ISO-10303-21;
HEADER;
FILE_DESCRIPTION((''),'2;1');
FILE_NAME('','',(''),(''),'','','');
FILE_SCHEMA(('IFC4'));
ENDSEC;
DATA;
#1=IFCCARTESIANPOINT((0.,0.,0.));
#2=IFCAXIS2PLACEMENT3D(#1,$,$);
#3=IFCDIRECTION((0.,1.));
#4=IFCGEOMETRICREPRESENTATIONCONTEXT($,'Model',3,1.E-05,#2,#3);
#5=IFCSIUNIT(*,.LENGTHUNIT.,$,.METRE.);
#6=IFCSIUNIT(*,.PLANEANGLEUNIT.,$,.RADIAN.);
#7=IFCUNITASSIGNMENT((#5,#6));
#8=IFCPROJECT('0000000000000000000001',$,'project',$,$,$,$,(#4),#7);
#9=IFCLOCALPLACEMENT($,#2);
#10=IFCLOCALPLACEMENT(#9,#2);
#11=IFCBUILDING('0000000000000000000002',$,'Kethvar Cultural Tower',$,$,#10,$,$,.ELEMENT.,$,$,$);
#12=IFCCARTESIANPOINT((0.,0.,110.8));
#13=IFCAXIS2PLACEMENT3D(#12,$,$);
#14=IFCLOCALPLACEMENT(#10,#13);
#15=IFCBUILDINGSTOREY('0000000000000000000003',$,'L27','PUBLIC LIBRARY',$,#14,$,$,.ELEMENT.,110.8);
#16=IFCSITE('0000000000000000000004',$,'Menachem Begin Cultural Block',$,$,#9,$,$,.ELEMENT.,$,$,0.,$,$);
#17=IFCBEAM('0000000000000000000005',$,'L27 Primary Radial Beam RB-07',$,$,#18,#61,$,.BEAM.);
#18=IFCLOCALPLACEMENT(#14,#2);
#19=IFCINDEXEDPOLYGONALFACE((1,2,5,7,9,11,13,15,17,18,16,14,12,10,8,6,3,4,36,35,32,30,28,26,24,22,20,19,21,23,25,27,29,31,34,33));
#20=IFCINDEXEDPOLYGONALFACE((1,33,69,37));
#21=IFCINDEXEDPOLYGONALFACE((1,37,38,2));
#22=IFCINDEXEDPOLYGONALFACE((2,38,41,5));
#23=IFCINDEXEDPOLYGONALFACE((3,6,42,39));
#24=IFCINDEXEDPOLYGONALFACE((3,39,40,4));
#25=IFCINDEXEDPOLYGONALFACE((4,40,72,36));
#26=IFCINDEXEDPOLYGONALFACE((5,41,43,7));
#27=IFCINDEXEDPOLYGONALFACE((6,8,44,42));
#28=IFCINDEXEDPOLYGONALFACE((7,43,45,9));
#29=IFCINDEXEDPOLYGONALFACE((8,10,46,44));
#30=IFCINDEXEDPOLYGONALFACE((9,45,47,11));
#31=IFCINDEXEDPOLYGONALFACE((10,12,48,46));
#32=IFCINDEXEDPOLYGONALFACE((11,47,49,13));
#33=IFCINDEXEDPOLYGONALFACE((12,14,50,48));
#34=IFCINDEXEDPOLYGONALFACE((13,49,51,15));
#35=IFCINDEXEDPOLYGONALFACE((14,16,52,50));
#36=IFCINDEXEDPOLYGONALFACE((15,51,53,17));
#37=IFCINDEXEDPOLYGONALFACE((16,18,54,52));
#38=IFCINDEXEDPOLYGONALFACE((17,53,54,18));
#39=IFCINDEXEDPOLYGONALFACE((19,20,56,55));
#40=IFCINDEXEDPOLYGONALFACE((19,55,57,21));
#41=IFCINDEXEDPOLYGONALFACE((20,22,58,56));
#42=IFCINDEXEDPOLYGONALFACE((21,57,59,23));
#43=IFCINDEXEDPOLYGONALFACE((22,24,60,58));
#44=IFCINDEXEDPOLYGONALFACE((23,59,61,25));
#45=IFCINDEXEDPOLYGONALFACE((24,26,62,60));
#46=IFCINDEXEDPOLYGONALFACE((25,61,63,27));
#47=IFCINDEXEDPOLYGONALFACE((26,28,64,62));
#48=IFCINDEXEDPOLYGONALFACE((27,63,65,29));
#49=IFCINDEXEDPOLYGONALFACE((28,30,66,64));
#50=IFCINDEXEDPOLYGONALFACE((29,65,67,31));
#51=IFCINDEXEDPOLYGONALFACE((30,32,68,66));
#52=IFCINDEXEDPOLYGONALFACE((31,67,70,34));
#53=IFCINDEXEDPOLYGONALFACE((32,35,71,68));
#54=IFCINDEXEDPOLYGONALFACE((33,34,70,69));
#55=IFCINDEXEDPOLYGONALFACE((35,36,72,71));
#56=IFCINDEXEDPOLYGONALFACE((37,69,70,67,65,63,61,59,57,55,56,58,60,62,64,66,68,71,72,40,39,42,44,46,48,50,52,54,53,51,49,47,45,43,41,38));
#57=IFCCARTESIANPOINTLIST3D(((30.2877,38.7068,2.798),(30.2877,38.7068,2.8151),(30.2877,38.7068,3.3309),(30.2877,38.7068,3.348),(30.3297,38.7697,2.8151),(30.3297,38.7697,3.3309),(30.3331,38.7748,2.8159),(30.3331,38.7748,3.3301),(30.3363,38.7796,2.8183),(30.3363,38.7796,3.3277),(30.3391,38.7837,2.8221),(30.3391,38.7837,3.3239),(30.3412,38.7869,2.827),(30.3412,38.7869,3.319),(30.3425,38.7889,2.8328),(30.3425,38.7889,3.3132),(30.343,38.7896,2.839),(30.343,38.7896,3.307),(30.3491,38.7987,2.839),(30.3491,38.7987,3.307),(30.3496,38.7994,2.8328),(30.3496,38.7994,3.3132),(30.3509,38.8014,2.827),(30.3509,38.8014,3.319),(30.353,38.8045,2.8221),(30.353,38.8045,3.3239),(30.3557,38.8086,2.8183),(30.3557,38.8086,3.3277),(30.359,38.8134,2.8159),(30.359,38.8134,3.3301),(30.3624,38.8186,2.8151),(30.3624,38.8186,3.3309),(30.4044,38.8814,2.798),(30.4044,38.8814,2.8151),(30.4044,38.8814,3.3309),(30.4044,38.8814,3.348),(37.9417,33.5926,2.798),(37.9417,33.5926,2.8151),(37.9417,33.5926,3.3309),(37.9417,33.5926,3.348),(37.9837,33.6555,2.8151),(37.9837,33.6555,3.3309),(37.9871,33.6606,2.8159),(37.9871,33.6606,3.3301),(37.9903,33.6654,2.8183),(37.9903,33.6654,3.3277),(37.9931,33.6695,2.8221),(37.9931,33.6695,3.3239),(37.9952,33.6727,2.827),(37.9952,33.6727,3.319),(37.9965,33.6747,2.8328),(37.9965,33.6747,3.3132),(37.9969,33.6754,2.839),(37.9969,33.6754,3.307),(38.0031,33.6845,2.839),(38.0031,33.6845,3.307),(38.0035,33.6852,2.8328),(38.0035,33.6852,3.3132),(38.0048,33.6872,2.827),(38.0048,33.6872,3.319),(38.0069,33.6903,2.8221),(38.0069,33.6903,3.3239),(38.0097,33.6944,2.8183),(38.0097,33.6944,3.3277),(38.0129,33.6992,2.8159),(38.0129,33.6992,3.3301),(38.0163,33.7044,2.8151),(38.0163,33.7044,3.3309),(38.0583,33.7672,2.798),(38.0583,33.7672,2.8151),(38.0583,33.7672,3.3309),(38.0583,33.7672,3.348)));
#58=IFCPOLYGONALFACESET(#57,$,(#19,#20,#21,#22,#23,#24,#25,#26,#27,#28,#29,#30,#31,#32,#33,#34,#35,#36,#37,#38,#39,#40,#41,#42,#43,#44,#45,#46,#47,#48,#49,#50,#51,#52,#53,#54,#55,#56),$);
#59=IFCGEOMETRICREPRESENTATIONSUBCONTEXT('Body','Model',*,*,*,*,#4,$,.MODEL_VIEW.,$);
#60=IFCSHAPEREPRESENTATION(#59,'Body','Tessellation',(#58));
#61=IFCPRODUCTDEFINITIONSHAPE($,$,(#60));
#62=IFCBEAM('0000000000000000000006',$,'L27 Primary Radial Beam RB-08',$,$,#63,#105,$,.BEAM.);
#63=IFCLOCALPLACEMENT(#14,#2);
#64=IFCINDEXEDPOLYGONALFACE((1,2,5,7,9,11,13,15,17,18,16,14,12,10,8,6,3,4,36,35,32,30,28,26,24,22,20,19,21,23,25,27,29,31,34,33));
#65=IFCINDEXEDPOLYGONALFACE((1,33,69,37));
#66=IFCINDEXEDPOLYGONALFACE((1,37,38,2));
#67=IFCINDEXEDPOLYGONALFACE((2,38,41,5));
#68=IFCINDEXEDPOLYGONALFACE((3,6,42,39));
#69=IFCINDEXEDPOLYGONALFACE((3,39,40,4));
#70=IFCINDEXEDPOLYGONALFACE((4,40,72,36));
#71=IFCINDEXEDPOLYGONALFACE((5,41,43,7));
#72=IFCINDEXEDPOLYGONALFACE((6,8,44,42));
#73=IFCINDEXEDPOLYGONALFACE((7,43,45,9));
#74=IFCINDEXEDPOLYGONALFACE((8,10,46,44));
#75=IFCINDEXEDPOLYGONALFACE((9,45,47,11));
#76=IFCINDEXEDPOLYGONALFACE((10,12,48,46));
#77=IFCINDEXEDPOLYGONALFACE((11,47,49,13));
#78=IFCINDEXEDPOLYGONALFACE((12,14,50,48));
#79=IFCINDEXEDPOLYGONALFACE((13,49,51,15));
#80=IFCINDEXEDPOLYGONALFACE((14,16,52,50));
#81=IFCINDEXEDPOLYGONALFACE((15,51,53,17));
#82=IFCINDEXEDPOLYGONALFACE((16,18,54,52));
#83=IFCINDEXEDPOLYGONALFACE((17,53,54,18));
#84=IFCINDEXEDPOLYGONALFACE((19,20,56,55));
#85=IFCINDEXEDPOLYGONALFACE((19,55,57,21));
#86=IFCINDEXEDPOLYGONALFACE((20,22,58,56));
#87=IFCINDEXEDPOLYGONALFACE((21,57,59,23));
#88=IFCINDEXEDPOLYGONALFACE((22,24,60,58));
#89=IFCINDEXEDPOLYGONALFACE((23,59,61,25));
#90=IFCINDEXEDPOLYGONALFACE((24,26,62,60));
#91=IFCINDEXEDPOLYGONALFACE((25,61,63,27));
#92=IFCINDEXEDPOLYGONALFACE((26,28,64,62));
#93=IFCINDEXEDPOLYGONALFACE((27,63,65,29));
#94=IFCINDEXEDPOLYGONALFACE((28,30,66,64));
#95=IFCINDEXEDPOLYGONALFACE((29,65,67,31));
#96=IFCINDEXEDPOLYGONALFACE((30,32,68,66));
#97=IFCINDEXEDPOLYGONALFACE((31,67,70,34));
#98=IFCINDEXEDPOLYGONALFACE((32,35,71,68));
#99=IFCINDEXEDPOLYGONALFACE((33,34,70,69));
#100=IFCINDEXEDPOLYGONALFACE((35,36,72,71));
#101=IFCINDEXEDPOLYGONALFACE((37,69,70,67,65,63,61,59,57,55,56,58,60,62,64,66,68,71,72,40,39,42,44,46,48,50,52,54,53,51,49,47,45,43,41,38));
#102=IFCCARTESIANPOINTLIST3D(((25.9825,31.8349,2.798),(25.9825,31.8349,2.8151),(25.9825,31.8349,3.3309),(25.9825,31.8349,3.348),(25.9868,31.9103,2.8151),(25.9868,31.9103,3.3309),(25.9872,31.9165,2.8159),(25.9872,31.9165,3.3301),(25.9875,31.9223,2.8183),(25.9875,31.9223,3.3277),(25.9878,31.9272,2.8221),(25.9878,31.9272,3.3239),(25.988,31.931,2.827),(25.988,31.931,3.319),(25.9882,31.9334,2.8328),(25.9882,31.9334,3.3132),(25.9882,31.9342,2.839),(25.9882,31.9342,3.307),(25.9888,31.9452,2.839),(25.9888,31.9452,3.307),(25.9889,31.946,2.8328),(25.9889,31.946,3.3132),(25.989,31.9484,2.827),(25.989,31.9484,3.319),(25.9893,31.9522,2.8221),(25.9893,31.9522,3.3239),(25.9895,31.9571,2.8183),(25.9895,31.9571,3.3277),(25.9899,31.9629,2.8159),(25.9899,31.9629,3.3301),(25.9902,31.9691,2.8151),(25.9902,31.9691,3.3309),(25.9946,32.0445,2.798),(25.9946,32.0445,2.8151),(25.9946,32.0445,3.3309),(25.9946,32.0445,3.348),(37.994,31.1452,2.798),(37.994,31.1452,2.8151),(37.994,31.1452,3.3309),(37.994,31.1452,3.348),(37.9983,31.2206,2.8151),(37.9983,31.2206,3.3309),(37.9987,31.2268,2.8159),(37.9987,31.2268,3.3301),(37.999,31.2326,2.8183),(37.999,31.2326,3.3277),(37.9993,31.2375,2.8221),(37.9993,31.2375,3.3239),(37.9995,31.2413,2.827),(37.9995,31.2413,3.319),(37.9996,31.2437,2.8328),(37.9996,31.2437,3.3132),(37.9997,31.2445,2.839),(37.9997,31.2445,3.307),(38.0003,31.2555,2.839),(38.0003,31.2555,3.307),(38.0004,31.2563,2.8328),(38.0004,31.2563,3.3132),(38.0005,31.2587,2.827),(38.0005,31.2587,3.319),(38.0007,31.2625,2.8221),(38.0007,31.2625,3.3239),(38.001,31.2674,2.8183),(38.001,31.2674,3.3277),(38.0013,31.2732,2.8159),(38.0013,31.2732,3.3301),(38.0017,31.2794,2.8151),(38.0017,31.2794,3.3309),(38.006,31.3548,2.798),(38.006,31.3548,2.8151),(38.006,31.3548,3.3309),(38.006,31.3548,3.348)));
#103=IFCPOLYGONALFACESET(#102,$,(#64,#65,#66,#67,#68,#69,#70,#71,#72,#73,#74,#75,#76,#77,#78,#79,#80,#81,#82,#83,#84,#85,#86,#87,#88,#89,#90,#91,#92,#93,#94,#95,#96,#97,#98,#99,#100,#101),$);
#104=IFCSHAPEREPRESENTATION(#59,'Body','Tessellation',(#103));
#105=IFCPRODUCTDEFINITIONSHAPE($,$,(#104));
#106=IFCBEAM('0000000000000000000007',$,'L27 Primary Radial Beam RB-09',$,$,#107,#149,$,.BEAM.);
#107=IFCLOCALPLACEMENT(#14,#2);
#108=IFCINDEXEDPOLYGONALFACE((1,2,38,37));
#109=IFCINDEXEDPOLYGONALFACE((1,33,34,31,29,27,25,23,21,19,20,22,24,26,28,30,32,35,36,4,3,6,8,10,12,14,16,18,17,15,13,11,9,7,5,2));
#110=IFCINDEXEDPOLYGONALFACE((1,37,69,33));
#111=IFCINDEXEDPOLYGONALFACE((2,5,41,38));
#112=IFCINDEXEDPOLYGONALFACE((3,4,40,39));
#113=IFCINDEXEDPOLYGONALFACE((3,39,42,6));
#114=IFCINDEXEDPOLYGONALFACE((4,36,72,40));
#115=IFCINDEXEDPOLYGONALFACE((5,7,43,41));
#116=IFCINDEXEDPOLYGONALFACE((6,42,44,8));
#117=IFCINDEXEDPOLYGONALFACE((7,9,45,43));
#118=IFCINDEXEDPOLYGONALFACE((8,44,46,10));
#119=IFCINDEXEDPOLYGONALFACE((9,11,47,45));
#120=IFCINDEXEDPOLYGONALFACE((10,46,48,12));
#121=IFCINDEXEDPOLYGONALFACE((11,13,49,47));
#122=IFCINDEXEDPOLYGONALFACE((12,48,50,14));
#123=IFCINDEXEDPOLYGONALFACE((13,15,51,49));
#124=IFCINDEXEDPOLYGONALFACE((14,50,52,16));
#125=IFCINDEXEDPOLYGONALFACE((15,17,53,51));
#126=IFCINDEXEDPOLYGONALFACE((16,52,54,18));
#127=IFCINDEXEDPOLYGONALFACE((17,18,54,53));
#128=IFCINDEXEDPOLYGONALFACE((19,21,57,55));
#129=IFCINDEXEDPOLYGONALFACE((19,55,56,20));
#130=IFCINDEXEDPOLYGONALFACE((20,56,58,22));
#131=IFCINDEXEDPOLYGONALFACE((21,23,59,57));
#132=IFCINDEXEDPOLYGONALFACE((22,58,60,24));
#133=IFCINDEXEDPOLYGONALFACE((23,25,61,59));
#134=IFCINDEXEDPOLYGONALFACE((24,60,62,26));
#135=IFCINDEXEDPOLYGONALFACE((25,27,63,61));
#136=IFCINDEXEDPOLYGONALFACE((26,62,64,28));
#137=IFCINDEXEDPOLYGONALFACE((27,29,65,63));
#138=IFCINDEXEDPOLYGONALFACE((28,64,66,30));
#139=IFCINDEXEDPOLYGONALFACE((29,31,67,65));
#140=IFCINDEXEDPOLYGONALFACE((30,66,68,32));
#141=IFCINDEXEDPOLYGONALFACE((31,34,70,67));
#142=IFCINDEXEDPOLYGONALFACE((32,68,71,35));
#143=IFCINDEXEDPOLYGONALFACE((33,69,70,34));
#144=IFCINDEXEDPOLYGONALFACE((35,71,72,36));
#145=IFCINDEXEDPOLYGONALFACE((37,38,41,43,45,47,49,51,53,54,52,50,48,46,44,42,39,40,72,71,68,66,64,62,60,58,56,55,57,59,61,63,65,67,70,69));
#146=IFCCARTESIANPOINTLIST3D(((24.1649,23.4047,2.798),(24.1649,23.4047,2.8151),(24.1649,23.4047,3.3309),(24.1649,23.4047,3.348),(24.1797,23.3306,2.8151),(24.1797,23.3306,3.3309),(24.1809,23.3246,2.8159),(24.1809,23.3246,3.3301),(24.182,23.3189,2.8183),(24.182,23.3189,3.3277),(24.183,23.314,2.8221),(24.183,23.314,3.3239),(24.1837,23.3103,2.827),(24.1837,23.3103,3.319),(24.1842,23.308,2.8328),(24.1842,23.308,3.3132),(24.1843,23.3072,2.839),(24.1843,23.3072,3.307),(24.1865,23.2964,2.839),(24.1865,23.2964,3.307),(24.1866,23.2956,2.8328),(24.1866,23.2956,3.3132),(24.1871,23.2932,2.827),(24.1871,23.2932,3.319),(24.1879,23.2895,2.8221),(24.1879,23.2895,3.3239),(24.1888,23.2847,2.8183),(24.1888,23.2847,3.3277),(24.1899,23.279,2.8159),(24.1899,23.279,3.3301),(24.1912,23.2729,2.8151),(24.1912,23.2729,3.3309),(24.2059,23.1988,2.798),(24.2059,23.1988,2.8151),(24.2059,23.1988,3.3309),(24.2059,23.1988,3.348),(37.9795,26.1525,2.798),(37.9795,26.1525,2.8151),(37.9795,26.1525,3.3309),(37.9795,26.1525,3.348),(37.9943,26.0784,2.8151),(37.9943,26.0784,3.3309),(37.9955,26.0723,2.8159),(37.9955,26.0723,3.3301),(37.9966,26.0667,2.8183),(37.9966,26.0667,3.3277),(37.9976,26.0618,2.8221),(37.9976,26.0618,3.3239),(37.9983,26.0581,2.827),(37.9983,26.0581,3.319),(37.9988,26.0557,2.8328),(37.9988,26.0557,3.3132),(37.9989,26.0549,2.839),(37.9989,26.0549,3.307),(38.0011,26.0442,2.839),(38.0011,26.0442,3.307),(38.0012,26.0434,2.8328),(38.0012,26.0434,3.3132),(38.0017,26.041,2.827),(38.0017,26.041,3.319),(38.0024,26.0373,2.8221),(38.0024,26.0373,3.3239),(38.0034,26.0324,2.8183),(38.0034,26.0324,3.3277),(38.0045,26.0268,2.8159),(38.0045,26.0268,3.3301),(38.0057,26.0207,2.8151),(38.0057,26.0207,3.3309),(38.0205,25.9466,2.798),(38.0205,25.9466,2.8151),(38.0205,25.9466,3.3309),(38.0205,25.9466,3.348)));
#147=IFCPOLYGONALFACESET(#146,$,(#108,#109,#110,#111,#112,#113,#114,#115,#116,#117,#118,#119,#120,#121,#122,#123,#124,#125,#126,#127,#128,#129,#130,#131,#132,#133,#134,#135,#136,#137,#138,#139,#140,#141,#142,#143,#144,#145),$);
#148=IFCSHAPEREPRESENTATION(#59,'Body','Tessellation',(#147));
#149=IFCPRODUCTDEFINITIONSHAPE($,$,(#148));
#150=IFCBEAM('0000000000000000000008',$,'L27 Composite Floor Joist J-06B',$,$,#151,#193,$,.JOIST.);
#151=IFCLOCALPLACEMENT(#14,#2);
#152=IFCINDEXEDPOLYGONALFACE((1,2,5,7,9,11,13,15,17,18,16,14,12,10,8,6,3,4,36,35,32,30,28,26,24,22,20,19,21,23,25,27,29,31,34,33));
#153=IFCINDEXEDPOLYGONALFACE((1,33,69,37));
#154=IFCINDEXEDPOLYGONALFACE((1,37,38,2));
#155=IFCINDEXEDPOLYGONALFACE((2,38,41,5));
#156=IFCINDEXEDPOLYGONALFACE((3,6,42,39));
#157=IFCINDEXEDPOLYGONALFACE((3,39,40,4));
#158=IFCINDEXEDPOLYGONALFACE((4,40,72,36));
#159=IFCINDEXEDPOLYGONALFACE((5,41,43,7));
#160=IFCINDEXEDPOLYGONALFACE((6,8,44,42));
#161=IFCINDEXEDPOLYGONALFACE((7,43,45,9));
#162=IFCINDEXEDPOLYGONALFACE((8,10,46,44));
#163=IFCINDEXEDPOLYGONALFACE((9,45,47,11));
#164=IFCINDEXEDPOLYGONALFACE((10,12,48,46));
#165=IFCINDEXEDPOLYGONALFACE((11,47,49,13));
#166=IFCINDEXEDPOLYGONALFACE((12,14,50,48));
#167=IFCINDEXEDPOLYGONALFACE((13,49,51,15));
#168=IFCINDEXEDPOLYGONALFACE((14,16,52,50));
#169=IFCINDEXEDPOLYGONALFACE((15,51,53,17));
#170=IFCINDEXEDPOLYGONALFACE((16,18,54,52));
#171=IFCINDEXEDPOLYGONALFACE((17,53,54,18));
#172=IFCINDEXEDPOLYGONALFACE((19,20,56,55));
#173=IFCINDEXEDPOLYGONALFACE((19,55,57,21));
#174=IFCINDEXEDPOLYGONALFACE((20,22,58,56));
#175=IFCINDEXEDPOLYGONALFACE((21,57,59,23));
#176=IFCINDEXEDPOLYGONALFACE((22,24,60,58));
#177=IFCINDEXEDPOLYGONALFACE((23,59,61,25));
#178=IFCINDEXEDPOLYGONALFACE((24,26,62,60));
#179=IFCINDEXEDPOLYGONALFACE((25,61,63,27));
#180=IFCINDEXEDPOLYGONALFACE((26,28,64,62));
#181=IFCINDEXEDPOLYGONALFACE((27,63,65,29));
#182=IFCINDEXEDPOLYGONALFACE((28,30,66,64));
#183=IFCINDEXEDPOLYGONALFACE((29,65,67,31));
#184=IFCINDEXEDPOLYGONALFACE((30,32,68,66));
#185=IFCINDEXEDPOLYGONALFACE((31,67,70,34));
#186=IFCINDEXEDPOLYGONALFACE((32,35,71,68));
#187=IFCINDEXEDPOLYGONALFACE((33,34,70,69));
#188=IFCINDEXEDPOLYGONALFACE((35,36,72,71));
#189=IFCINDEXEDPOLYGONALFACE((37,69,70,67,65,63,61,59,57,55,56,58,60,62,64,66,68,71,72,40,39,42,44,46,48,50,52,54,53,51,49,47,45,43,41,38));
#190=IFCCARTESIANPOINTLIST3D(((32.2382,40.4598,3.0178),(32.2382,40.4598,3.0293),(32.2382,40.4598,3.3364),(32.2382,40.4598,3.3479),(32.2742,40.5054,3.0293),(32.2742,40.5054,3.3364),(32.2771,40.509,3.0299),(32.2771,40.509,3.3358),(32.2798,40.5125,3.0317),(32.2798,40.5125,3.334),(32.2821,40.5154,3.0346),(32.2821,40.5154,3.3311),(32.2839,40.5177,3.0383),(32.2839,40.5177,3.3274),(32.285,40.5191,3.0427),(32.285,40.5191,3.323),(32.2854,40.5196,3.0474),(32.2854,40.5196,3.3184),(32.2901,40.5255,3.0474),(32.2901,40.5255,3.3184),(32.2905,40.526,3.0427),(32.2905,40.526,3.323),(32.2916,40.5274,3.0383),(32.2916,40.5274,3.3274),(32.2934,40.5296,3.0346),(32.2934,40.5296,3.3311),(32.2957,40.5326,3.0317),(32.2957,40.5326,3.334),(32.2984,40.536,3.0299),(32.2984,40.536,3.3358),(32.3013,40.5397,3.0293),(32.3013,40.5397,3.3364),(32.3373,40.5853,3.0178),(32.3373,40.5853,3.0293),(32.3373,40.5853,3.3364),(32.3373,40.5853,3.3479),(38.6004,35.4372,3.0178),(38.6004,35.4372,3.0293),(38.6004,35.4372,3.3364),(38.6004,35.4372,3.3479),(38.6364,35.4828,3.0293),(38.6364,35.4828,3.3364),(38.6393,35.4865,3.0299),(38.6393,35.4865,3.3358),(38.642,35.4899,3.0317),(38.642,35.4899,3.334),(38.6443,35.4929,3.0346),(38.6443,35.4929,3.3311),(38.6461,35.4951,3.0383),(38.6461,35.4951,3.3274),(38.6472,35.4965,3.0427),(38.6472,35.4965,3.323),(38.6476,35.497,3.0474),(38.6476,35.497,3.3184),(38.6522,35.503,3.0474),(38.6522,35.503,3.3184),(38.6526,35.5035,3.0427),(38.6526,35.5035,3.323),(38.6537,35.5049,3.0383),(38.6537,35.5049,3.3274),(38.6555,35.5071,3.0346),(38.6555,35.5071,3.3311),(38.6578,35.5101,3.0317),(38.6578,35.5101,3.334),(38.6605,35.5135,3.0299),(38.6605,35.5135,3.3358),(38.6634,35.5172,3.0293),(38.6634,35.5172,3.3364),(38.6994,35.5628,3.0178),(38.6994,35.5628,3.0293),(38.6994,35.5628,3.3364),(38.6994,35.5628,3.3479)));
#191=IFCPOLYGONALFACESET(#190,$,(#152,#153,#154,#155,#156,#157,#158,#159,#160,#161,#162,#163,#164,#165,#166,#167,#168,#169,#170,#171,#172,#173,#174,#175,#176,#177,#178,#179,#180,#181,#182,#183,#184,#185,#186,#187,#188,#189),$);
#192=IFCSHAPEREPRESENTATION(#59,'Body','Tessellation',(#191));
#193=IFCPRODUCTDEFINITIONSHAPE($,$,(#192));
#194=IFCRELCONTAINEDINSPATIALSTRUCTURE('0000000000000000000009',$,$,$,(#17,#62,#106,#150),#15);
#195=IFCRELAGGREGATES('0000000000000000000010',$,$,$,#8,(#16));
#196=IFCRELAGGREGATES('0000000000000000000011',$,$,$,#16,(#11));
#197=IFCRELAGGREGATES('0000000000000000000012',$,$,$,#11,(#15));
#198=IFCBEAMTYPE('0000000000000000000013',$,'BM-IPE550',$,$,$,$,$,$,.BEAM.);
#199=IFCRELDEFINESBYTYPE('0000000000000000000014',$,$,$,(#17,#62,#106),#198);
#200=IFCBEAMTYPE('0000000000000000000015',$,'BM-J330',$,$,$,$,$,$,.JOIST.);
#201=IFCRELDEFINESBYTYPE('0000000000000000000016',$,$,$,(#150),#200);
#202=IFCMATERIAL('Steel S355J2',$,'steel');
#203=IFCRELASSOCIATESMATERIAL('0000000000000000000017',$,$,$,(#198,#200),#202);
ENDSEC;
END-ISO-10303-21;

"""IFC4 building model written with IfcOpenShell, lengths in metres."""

from ifc_helpers import new_model, si_unit, direction, frame, origin, origin_2d, place, context, subcontext, project, spatial, i_section, extrude, source, transform, mapped, material, material_profile, profile_set, type_object, element, save


model = new_model("IFC4")

# Units and contexts
model_context = context("Model", 3, precision=1e-05, world=origin(), true_north=direction((0.0, 1.0)))
body_context = subcontext(model_context, "Body", "Model", "MODEL_VIEW")
ifc_project = project(units=[si_unit("LENGTHUNIT", "METRE"), si_unit("PLANEANGLEUNIT", "RADIAN")], contexts=[model_context])

# Site, building, storey
site_placement = place(None, origin())
site = spatial("IfcSite", under=ifc_project, at=site_placement, Name="Menachem Begin Cultural Block", CompositionType="ELEMENT", RefElevation=0.0)
building_placement = place(site_placement, origin())
building = spatial("IfcBuilding", under=site, at=building_placement, Name="Kethvar Cultural Tower", CompositionType="ELEMENT")
storey_placement = place(building_placement, frame((0.0, 0.0, 110.8)))
storey = spatial("IfcBuildingStorey", under=building, at=storey_placement, Name="L27", Description="PUBLIC LIBRARY", CompositionType="ELEMENT", Elevation=110.8)

# Beams
ifc_material_1 = material(Name="Steel S355J2", Category="steel")
ifc_material_profile_1 = material_profile(ifc_material_1, i_section(OverallWidth=0.21, OverallDepth=0.55, WebThickness=0.011, FlangeThickness=0.0171, FilletRadius=0.0239, at=origin_2d()), Name="Steel S355J2 — IPE550")
ifc_profile_set_1 = profile_set([ifc_material_profile_1], Name="Steel S355J2 — IPE550")
beam_type_1 = type_object("IfcBeamType", Name="BM-IPE550", PredefinedType="BEAM", material=ifc_profile_set_1)
shared_shape_1 = source(origin(), body_context, "Body", "SweptSolid", [
    extrude(i_section(OverallWidth=0.21, OverallDepth=0.55, WebThickness=0.011, FlangeThickness=0.0171, FilletRadius=0.0239, at=origin_2d()), origin(), (0.0, 0.0, 1.0), 9.2053),
])
beam_1_placement = place(storey_placement, frame((38.0, 33.6799, 3.073), z_axis=(-0.83147, 0.555569, 0.0), x_axis=(-0.555569, -0.83147, 0.0)))
element("IfcBeam", 1, at=beam_1_placement, inside=storey, type_object=beam_type_1, Name="L27 Primary Radial Beam RB-07", PredefinedType="BEAM", context=body_context, shape_type="MappedRepresentation", body=[
    mapped(shared_shape_1, transform((0.0, 0.0, 0.0), scale=1.0)),
])
shared_shape_2 = source(origin(), body_context, "Body", "SweptSolid", [
    extrude(i_section(OverallWidth=0.21, OverallDepth=0.55, WebThickness=0.011, FlangeThickness=0.0171, FilletRadius=0.0239, at=origin_2d()), origin(), (0.0, 0.0, 1.0), 12.0312),
])
beam_2_placement = place(storey_placement, frame((38.0, 31.25, 3.073), z_axis=(-0.998356, 0.057325, 0.0), x_axis=(-0.057325, -0.998356, 0.0)))
element("IfcBeam", 2, at=beam_2_placement, inside=storey, type_object=beam_type_1, Name="L27 Primary Radial Beam RB-08", PredefinedType="BEAM", context=body_context, shape_type="MappedRepresentation", body=[
    mapped(shared_shape_2, transform((0.0, 0.0, 0.0), scale=1.0)),
])
shared_shape_3 = source(origin(), body_context, "Body", "SweptSolid", [
    extrude(i_section(OverallWidth=0.21, OverallDepth=0.55, WebThickness=0.011, FlangeThickness=0.0171, FilletRadius=0.0239, at=origin_2d()), origin(), (0.0, 0.0, 1.0), 14.0852),
])
beam_3_placement = place(storey_placement, frame((38.0, 26.0496, 3.073), z_axis=(-0.980787, -0.195083, 0.0), x_axis=(0.195083, -0.980787, 0.0)))
element("IfcBeam", 3, at=beam_3_placement, inside=storey, type_object=beam_type_1, Name="L27 Primary Radial Beam RB-09", PredefinedType="BEAM", context=body_context, shape_type="MappedRepresentation", body=[
    mapped(shared_shape_3, transform((0.0, 0.0, 0.0), scale=1.0)),
])
ifc_material_profile_2 = material_profile(ifc_material_1, i_section(OverallWidth=0.1599, OverallDepth=0.3301, WebThickness=0.0076, FlangeThickness=0.0115, FilletRadius=0.0181, at=origin_2d()), Name="Steel S355J2 — IPE330")
ifc_profile_set_2 = profile_set([ifc_material_profile_2], Name="Steel S355J2 — IPE330")
beam_type_2 = type_object("IfcBeamType", Name="BM-J330", PredefinedType="JOIST", material=ifc_profile_set_2)
shared_shape_4 = source(origin(), body_context, "Body", "SweptSolid", [
    extrude(i_section(OverallWidth=0.1599, OverallDepth=0.3301, WebThickness=0.0076, FlangeThickness=0.0115, FilletRadius=0.0181, at=origin_2d()), origin(), (0.0, 0.0, 1.0), 8.1057),
])
beam_4_placement = place(storey_placement, frame((38.6499, 35.5, 3.1829), z_axis=(-0.784896, 0.619628, 0.0), x_axis=(-0.619628, -0.784896, 0.0)))
element("IfcBeam", 4, at=beam_4_placement, inside=storey, type_object=beam_type_2, Name="L27 Composite Floor Joist J-06B", PredefinedType="JOIST", context=body_context, shape_type="MappedRepresentation", body=[
    mapped(shared_shape_4, transform((0.0, 0.0, 0.0), scale=1.0)),
])

save(model, "model.ifc")
